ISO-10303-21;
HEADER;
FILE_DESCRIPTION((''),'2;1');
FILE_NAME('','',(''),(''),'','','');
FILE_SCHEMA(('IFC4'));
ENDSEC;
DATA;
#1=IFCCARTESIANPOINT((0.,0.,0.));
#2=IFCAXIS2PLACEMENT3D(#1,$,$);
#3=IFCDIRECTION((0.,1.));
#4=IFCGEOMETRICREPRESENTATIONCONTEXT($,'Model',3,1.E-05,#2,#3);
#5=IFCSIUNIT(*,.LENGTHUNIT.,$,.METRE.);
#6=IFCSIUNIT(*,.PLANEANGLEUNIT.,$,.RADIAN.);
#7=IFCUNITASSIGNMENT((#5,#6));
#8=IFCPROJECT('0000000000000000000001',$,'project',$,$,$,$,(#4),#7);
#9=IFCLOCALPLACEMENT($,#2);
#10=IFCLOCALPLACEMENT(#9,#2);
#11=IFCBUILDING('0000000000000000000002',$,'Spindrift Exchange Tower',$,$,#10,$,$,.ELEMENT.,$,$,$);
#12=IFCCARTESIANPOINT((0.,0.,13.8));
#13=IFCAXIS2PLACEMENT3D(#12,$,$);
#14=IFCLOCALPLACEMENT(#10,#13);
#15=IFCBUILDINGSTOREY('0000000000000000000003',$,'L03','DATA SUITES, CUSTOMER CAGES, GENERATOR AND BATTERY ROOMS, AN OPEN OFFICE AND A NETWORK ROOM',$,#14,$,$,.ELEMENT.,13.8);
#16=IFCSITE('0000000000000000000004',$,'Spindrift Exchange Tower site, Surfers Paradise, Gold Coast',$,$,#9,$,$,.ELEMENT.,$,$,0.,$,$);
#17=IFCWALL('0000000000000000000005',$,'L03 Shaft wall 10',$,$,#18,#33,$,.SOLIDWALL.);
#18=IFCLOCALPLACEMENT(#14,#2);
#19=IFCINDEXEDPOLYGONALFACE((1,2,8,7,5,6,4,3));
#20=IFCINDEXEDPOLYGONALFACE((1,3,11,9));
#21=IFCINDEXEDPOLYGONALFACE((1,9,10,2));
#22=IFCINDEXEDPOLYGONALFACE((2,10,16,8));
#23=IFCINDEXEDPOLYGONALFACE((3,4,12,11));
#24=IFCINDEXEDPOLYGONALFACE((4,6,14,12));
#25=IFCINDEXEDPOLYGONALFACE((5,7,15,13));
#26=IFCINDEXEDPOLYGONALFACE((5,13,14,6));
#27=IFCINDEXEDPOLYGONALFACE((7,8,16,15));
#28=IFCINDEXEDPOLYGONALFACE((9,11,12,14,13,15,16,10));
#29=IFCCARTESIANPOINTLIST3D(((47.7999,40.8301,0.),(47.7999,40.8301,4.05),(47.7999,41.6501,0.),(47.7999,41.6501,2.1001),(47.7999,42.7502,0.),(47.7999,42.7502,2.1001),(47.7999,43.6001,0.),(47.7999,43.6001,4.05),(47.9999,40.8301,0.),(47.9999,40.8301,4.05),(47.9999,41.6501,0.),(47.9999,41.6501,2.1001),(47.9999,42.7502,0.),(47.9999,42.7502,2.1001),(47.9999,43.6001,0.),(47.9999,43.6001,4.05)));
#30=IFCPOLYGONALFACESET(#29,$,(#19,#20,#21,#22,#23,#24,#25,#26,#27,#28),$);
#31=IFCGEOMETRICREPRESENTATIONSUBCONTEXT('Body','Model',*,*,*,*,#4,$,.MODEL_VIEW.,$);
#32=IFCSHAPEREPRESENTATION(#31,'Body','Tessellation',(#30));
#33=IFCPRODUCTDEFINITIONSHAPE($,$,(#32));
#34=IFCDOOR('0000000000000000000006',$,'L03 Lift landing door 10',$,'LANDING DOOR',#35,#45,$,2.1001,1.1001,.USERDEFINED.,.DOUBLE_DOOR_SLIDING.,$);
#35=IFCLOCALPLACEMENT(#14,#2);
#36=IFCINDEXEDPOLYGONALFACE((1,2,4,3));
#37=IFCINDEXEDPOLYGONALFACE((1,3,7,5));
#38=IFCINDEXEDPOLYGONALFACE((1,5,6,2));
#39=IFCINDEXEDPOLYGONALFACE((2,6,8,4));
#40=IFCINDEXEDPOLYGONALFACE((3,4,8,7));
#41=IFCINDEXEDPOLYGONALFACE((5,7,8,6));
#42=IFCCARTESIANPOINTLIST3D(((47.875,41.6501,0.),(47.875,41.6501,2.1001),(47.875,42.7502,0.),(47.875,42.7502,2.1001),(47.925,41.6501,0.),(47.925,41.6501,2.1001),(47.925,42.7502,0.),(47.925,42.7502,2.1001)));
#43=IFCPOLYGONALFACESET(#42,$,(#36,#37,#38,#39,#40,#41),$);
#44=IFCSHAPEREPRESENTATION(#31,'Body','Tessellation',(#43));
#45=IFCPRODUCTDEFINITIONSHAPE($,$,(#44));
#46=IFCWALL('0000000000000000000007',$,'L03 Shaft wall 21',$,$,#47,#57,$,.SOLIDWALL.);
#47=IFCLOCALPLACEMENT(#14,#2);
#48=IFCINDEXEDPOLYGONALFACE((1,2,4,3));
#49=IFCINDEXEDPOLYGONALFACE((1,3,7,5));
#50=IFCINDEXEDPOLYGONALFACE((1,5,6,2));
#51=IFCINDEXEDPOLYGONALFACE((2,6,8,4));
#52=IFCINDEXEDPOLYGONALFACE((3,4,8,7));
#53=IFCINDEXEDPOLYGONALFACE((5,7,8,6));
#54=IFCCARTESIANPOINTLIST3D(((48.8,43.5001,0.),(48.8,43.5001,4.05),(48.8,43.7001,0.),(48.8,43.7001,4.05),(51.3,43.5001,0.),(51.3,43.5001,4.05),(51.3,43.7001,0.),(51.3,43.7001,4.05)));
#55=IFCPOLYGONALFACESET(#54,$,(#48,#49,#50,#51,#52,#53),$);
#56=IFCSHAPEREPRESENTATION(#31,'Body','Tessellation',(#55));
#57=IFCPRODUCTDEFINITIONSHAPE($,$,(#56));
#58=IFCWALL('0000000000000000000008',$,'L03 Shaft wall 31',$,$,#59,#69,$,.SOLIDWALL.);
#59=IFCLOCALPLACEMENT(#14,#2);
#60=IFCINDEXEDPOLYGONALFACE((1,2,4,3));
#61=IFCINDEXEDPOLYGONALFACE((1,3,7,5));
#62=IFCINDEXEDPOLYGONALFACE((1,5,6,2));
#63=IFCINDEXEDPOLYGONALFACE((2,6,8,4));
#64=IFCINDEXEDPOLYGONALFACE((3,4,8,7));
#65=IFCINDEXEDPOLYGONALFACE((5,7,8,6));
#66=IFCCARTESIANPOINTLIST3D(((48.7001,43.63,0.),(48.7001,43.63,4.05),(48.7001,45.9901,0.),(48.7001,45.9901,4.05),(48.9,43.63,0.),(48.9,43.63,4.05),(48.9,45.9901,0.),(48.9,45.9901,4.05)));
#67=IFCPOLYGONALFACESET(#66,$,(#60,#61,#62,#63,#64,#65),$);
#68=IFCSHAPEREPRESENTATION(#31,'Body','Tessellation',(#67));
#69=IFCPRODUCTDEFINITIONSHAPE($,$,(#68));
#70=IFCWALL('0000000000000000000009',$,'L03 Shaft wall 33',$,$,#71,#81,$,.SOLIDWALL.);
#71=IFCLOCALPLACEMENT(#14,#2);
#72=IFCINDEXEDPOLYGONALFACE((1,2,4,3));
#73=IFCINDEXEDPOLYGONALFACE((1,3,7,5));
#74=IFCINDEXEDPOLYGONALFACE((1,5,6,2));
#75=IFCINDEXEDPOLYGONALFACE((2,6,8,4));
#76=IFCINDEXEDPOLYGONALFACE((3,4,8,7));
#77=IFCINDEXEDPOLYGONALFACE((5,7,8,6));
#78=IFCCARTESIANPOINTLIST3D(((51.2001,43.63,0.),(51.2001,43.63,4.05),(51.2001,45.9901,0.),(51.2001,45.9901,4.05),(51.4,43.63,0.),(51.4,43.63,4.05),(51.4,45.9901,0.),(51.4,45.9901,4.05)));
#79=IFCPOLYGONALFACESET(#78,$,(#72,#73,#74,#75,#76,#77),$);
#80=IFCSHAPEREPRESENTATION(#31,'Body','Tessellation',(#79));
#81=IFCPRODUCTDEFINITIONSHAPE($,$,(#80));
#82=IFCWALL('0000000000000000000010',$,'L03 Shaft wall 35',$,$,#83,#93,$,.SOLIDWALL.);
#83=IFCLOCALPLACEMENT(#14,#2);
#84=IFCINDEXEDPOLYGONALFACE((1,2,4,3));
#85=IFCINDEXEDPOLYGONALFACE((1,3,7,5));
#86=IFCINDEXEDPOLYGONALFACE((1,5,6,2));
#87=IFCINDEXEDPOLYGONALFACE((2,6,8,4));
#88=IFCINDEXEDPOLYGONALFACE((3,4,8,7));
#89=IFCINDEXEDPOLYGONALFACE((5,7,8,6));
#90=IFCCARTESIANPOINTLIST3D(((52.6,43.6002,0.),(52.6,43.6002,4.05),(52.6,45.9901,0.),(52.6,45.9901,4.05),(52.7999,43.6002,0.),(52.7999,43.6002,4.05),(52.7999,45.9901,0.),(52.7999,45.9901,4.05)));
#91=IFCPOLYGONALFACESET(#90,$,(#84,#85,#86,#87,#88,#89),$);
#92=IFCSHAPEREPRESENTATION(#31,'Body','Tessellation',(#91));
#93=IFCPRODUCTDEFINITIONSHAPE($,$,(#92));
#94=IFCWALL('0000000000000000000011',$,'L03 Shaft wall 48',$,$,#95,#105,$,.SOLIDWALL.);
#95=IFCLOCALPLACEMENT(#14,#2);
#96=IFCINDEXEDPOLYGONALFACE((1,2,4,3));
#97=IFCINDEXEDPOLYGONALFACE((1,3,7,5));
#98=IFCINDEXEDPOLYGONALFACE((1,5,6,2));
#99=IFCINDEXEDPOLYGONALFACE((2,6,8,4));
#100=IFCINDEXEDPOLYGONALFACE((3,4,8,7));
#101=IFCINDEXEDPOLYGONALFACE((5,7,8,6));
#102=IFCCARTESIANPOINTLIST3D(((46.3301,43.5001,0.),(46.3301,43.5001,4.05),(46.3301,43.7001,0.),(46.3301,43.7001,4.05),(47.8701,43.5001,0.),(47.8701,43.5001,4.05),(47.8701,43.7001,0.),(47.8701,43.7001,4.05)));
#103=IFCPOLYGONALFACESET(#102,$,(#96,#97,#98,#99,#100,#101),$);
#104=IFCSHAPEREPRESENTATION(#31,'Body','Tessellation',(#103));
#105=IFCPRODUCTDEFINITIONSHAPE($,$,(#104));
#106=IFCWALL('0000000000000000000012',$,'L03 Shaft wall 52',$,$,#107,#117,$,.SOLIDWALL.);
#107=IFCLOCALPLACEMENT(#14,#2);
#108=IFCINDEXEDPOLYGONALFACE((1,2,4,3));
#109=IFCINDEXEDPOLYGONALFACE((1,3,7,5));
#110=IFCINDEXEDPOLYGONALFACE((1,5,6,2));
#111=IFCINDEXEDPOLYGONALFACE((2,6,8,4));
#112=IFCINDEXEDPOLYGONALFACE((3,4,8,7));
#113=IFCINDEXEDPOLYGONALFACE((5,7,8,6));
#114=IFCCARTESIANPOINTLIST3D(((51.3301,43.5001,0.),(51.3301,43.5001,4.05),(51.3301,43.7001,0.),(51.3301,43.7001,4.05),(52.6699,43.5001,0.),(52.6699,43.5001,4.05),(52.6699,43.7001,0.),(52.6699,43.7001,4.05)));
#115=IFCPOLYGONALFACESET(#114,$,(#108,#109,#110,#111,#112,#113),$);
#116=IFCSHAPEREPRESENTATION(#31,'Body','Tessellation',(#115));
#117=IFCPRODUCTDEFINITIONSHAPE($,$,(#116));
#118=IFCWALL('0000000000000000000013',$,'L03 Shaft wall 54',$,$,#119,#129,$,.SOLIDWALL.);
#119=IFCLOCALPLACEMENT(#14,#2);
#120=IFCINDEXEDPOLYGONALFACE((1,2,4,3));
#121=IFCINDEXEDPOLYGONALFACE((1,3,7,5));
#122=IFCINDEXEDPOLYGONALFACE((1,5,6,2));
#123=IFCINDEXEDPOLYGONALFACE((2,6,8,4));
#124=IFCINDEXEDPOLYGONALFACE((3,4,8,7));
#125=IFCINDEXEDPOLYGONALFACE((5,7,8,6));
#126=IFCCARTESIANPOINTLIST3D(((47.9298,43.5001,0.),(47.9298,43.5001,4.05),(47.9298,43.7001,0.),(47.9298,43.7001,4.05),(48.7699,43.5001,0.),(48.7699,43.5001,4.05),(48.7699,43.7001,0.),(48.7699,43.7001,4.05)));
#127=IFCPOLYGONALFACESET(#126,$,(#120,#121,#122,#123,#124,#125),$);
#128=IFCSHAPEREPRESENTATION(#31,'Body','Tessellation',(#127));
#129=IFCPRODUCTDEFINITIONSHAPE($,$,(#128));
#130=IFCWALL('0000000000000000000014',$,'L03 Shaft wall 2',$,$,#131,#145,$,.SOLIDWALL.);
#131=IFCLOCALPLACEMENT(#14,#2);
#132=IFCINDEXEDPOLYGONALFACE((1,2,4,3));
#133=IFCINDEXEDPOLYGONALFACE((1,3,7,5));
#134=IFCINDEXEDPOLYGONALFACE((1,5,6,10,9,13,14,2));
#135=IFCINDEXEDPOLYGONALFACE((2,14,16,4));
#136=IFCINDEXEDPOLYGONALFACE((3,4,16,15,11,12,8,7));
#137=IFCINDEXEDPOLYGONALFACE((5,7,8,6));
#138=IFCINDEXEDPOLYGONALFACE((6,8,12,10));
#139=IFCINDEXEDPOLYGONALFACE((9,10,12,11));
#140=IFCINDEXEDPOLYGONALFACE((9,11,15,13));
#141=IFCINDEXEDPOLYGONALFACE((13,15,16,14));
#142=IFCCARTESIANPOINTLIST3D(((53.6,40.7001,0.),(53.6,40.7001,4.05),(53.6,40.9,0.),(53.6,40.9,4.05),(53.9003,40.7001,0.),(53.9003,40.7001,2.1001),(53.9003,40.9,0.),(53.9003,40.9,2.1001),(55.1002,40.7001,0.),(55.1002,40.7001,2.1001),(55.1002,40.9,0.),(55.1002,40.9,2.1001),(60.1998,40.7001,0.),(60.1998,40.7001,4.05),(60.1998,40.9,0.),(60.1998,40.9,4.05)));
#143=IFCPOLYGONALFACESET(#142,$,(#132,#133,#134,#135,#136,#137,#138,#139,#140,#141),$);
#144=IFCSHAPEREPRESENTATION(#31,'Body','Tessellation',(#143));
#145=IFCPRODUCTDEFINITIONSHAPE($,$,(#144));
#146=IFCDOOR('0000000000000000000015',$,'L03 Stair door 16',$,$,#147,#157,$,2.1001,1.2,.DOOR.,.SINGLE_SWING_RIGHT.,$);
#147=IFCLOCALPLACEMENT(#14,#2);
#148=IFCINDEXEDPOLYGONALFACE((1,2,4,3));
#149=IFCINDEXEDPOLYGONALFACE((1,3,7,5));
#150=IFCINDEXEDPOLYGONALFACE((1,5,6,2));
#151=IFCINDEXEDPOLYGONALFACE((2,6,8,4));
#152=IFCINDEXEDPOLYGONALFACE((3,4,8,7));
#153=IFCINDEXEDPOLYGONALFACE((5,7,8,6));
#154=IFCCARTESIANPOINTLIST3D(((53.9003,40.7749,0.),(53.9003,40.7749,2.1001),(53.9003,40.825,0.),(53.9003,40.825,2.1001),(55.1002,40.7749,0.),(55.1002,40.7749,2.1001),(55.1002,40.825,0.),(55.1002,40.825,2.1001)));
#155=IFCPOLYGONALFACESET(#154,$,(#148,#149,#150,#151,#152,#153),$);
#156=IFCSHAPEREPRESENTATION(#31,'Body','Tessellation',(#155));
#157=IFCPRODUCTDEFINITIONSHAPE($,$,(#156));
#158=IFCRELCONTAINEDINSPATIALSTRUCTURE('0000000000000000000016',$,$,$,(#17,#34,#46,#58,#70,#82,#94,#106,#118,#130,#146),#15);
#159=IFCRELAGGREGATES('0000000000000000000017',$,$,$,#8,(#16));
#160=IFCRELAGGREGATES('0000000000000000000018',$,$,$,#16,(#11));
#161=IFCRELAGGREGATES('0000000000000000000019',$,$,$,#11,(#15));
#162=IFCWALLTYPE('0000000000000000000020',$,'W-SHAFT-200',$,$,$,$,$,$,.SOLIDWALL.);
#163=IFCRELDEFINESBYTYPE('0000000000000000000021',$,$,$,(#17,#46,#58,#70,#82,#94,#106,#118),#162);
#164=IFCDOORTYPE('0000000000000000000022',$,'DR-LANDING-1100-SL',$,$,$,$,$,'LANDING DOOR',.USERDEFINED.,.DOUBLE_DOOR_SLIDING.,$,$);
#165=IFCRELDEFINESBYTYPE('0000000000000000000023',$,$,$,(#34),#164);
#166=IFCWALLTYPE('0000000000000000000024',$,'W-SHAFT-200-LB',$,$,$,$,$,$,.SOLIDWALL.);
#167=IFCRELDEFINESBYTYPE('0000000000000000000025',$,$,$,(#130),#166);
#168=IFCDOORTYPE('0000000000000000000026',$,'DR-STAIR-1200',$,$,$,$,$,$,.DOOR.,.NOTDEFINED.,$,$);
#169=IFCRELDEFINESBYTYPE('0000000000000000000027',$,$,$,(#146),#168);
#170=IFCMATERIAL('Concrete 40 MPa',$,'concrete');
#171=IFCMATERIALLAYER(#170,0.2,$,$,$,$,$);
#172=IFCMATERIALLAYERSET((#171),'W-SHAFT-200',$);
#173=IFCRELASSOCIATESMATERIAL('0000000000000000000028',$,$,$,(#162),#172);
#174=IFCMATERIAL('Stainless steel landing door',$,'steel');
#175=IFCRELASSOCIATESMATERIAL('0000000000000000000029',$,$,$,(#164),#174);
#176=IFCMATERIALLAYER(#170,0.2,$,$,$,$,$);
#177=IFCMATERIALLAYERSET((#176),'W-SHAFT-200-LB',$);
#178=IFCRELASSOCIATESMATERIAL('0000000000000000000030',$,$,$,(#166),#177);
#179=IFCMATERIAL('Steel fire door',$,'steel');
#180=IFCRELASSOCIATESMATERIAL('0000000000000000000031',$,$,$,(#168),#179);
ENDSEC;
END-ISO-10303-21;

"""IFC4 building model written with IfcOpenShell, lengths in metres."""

from ifc_helpers import new_model, si_unit, direction, frame, frame_2d, origin, place, context, subcontext, project, spatial, rectangle, extrude, source, transform, mapped, material, layer, layer_set, type_object, element, fill, save


model = new_model("IFC4")

# Units and contexts
model_context = context("Model", 3, precision=1e-05, world=origin(), true_north=direction((0.0, 1.0)))
body_context = subcontext(model_context, "Body", "Model", "MODEL_VIEW")
ifc_project = project(units=[si_unit("LENGTHUNIT", "METRE"), si_unit("PLANEANGLEUNIT", "RADIAN")], contexts=[model_context])

# Site, building, storey
site_placement = place(None, origin())
site = spatial("IfcSite", under=ifc_project, at=site_placement, Name="Spindrift Exchange Tower site, Surfers Paradise, Gold Coast", CompositionType="ELEMENT", RefElevation=0.0)
building_placement = place(site_placement, origin())
building = spatial("IfcBuilding", under=site, at=building_placement, Name="Spindrift Exchange Tower", CompositionType="ELEMENT")
storey_placement = place(building_placement, frame((0.0, 0.0, 13.8)))
storey = spatial("IfcBuildingStorey", under=building, at=storey_placement, Name="L03", Description="DATA SUITES, CUSTOMER CAGES, GENERATOR AND BATTERY ROOMS, AN OPEN OFFICE AND A NETWORK ROOM", CompositionType="ELEMENT", Elevation=13.8)

# Wall, opening, door
ifc_material_1 = material(Name="Concrete 40 MPa", Category="concrete")
ifc_layer_1 = layer(ifc_material_1, 0.2)
ifc_layer_set_1 = layer_set([ifc_layer_1], Name="W-SHAFT-200")
wall_type_1 = type_object("IfcWallType", Name="W-SHAFT-200", PredefinedType="SOLIDWALL", material=ifc_layer_set_1)
wall_1_placement = place(storey_placement, frame((47.8999, 40.8301, 0.0), z_axis=(0.0, 0.0, 1.0), x_axis=(0.0, 1.0, 0.0)))
wall_1 = element("IfcWall", 1, at=wall_1_placement, inside=storey, type_object=wall_type_1, Name="L03 Shaft wall 10", PredefinedType="SOLIDWALL", context=body_context, shape_type="SweptSolid", body=[
    extrude(rectangle(XDim=2.77, YDim=0.2, at=frame_2d((1.385, 0.0))), origin(), (0.0, 0.0, 1.0), 4.05),
])
opening_1_placement = place(wall_1_placement, frame((0.8201, 0.0, 0.0)))
opening_1 = element("IfcOpeningElement", 2, at=opening_1_placement, cuts=wall_1, PredefinedType="OPENING", context=body_context, shape_type="SweptSolid", body=[
    extrude(rectangle(XDim=1.1001, YDim=2.1001, at=frame_2d((0.55, 1.05))), frame((0.0, 0.1099, 0.0), z_axis=(0.0, -1.0, 0.0), x_axis=(1.0, 0.0, 0.0)), (0.0, 0.0, 1.0), 0.22),
])
ifc_material_2 = material(Name="Stainless steel landing door", Category="steel")
door_type_1 = type_object("IfcDoorType", Name="DR-LANDING-1100-SL", ElementType="LANDING DOOR", OperationType="DOUBLE_DOOR_SLIDING", PredefinedType="USERDEFINED", material=ifc_material_2)
shared_shape_1 = source(origin(), body_context, "Body", "SweptSolid", [
    extrude(rectangle(XDim=1.1001, YDim=2.1001, at=frame_2d((0.55, 1.05))), frame((0.0, 0.0249, 0.0), z_axis=(0.0, -1.0, 0.0), x_axis=(1.0, 0.0, 0.0)), (0.0, 0.0, 1.0), 0.05),
])
door_1_placement = place(opening_1_placement, origin())
door_1 = element("IfcDoor", 3, at=door_1_placement, inside=storey, type_object=door_type_1, Name="L03 Lift landing door 10", ObjectType="LANDING DOOR", OperationType="DOUBLE_DOOR_SLIDING", OverallHeight=2.1001, OverallWidth=1.1001, PredefinedType="USERDEFINED", context=body_context, shape_type="MappedRepresentation", body=[
    mapped(shared_shape_1, transform((0.0, 0.0, 0.0), scale=1.0)),
])
fill(opening_1, door_1)

# Walls
wall_2_placement = place(storey_placement, frame((48.8, 43.6001, 0.0), z_axis=(0.0, 0.0, 1.0), x_axis=(1.0, 0.0, 0.0)))
element("IfcWall", 4, at=wall_2_placement, inside=storey, type_object=wall_type_1, Name="L03 Shaft wall 21", PredefinedType="SOLIDWALL", context=body_context, shape_type="SweptSolid", body=[
    extrude(rectangle(XDim=2.5, YDim=0.2, at=frame_2d((1.25, 0.0))), origin(), (0.0, 0.0, 1.0), 4.05),
])
for number, where, z_axis, x_axis, name in (
    (5, (48.8, 43.6299, 0.0), (0.0, 0.0, 1.0), (0.0, 1.0, 0.0), "L03 Shaft wall 31"),
    (6, (51.3, 43.6299, 0.0), (0.0, 0.0, 1.0), (0.0, 1.0, 0.0), "L03 Shaft wall 33"),
):
    element("IfcWall", number, at=place(storey_placement, frame(where, z_axis=z_axis, x_axis=x_axis)), inside=storey, type_object=wall_type_1, Name=name, PredefinedType="SOLIDWALL", context=body_context, shape_type="SweptSolid", body=[
        extrude(rectangle(XDim=2.3601, YDim=0.2, at=frame_2d((1.1802, 0.0))), origin(), (0.0, 0.0, 1.0), 4.05),
    ])
wall_3_placement = place(storey_placement, frame((52.7, 45.99, 0.0), z_axis=(0.0, 0.0, 1.0), x_axis=(0.0, -1.0, 0.0)))
element("IfcWall", 7, at=wall_3_placement, inside=storey, type_object=wall_type_1, Name="L03 Shaft wall 35", PredefinedType="SOLIDWALL", context=body_context, shape_type="SweptSolid", body=[
    extrude(rectangle(XDim=2.3899, YDim=0.2, at=frame_2d((1.1948, 0.0))), origin(), (0.0, 0.0, 1.0), 4.05),
])
wall_4_placement = place(storey_placement, frame((46.3301, 43.6001, 0.0), z_axis=(0.0, 0.0, 1.0), x_axis=(1.0, 0.0, 0.0)))
element("IfcWall", 8, at=wall_4_placement, inside=storey, type_object=wall_type_1, Name="L03 Shaft wall 48", PredefinedType="SOLIDWALL", context=body_context, shape_type="SweptSolid", body=[
    extrude(rectangle(XDim=1.54, YDim=0.2, at=frame_2d((0.77, 0.0))), origin(), (0.0, 0.0, 1.0), 4.05),
])
wall_5_placement = place(storey_placement, frame((52.6699, 43.6001, 0.0), z_axis=(0.0, 0.0, 1.0), x_axis=(-1.0, 0.0, 0.0)))
element("IfcWall", 9, at=wall_5_placement, inside=storey, type_object=wall_type_1, Name="L03 Shaft wall 52", PredefinedType="SOLIDWALL", context=body_context, shape_type="SweptSolid", body=[
    extrude(rectangle(XDim=1.3398, YDim=0.2, at=frame_2d((0.6699, 0.0))), origin(), (0.0, 0.0, 1.0), 4.05),
])
wall_6_placement = place(storey_placement, frame((47.9299, 43.6001, 0.0), z_axis=(0.0, 0.0, 1.0), x_axis=(1.0, 0.0, 0.0)))
element("IfcWall", 10, at=wall_6_placement, inside=storey, type_object=wall_type_1, Name="L03 Shaft wall 54", PredefinedType="SOLIDWALL", context=body_context, shape_type="SweptSolid", body=[
    extrude(rectangle(XDim=0.8401, YDim=0.2, at=frame_2d((0.4199, 0.0))), origin(), (0.0, 0.0, 1.0), 4.05),
])

# Wall, opening, door
ifc_layer_2 = layer(ifc_material_1, 0.2)
ifc_layer_set_2 = layer_set([ifc_layer_2], Name="W-SHAFT-200-LB")
wall_type_2 = type_object("IfcWallType", Name="W-SHAFT-200-LB", PredefinedType="SOLIDWALL", material=ifc_layer_set_2)
wall_7_placement = place(storey_placement, frame((53.6001, 40.8, 0.0), z_axis=(0.0, 0.0, 1.0), x_axis=(1.0, 0.0, 0.0)))
wall_7 = element("IfcWall", 11, at=wall_7_placement, inside=storey, type_object=wall_type_2, Name="L03 Shaft wall 2", PredefinedType="SOLIDWALL", context=body_context, shape_type="SweptSolid", body=[
    extrude(rectangle(XDim=6.5999, YDim=0.2, at=frame_2d((3.2998, 0.0))), origin(), (0.0, 0.0, 1.0), 4.05),
])
opening_2_placement = place(wall_7_placement, frame((0.3, 0.0, 0.0)))
opening_2 = element("IfcOpeningElement", 12, at=opening_2_placement, cuts=wall_7, PredefinedType="OPENING", context=body_context, shape_type="SweptSolid", body=[
    extrude(rectangle(XDim=1.2, YDim=2.1001, at=frame_2d((0.6001, 1.05))), frame((0.0, 0.1099, 0.0), z_axis=(0.0, -1.0, 0.0), x_axis=(1.0, 0.0, 0.0)), (0.0, 0.0, 1.0), 0.22),
])
ifc_material_3 = material(Name="Steel fire door", Category="steel")
door_type_2 = type_object("IfcDoorType", Name="DR-STAIR-1200", OperationType="NOTDEFINED", PredefinedType="DOOR", material=ifc_material_3)
shared_shape_2 = source(origin(), body_context, "Body", "SweptSolid", [
    extrude(rectangle(XDim=1.2, YDim=2.1001, at=frame_2d((0.6001, 1.05))), frame((0.0, 0.0249, 0.0), z_axis=(0.0, -1.0, 0.0), x_axis=(1.0, 0.0, 0.0)), (0.0, 0.0, 1.0), 0.05),
])
door_2_placement = place(opening_2_placement, origin())
door_2 = element("IfcDoor", 13, at=door_2_placement, inside=storey, type_object=door_type_2, Name="L03 Stair door 16", OperationType="SINGLE_SWING_RIGHT", OverallHeight=2.1001, OverallWidth=1.2, PredefinedType="DOOR", context=body_context, shape_type="MappedRepresentation", body=[
    mapped(shared_shape_2, transform((0.0, 0.0, 0.0), scale=1.0)),
])
fill(opening_2, door_2)

save(model, "model.ifc")
